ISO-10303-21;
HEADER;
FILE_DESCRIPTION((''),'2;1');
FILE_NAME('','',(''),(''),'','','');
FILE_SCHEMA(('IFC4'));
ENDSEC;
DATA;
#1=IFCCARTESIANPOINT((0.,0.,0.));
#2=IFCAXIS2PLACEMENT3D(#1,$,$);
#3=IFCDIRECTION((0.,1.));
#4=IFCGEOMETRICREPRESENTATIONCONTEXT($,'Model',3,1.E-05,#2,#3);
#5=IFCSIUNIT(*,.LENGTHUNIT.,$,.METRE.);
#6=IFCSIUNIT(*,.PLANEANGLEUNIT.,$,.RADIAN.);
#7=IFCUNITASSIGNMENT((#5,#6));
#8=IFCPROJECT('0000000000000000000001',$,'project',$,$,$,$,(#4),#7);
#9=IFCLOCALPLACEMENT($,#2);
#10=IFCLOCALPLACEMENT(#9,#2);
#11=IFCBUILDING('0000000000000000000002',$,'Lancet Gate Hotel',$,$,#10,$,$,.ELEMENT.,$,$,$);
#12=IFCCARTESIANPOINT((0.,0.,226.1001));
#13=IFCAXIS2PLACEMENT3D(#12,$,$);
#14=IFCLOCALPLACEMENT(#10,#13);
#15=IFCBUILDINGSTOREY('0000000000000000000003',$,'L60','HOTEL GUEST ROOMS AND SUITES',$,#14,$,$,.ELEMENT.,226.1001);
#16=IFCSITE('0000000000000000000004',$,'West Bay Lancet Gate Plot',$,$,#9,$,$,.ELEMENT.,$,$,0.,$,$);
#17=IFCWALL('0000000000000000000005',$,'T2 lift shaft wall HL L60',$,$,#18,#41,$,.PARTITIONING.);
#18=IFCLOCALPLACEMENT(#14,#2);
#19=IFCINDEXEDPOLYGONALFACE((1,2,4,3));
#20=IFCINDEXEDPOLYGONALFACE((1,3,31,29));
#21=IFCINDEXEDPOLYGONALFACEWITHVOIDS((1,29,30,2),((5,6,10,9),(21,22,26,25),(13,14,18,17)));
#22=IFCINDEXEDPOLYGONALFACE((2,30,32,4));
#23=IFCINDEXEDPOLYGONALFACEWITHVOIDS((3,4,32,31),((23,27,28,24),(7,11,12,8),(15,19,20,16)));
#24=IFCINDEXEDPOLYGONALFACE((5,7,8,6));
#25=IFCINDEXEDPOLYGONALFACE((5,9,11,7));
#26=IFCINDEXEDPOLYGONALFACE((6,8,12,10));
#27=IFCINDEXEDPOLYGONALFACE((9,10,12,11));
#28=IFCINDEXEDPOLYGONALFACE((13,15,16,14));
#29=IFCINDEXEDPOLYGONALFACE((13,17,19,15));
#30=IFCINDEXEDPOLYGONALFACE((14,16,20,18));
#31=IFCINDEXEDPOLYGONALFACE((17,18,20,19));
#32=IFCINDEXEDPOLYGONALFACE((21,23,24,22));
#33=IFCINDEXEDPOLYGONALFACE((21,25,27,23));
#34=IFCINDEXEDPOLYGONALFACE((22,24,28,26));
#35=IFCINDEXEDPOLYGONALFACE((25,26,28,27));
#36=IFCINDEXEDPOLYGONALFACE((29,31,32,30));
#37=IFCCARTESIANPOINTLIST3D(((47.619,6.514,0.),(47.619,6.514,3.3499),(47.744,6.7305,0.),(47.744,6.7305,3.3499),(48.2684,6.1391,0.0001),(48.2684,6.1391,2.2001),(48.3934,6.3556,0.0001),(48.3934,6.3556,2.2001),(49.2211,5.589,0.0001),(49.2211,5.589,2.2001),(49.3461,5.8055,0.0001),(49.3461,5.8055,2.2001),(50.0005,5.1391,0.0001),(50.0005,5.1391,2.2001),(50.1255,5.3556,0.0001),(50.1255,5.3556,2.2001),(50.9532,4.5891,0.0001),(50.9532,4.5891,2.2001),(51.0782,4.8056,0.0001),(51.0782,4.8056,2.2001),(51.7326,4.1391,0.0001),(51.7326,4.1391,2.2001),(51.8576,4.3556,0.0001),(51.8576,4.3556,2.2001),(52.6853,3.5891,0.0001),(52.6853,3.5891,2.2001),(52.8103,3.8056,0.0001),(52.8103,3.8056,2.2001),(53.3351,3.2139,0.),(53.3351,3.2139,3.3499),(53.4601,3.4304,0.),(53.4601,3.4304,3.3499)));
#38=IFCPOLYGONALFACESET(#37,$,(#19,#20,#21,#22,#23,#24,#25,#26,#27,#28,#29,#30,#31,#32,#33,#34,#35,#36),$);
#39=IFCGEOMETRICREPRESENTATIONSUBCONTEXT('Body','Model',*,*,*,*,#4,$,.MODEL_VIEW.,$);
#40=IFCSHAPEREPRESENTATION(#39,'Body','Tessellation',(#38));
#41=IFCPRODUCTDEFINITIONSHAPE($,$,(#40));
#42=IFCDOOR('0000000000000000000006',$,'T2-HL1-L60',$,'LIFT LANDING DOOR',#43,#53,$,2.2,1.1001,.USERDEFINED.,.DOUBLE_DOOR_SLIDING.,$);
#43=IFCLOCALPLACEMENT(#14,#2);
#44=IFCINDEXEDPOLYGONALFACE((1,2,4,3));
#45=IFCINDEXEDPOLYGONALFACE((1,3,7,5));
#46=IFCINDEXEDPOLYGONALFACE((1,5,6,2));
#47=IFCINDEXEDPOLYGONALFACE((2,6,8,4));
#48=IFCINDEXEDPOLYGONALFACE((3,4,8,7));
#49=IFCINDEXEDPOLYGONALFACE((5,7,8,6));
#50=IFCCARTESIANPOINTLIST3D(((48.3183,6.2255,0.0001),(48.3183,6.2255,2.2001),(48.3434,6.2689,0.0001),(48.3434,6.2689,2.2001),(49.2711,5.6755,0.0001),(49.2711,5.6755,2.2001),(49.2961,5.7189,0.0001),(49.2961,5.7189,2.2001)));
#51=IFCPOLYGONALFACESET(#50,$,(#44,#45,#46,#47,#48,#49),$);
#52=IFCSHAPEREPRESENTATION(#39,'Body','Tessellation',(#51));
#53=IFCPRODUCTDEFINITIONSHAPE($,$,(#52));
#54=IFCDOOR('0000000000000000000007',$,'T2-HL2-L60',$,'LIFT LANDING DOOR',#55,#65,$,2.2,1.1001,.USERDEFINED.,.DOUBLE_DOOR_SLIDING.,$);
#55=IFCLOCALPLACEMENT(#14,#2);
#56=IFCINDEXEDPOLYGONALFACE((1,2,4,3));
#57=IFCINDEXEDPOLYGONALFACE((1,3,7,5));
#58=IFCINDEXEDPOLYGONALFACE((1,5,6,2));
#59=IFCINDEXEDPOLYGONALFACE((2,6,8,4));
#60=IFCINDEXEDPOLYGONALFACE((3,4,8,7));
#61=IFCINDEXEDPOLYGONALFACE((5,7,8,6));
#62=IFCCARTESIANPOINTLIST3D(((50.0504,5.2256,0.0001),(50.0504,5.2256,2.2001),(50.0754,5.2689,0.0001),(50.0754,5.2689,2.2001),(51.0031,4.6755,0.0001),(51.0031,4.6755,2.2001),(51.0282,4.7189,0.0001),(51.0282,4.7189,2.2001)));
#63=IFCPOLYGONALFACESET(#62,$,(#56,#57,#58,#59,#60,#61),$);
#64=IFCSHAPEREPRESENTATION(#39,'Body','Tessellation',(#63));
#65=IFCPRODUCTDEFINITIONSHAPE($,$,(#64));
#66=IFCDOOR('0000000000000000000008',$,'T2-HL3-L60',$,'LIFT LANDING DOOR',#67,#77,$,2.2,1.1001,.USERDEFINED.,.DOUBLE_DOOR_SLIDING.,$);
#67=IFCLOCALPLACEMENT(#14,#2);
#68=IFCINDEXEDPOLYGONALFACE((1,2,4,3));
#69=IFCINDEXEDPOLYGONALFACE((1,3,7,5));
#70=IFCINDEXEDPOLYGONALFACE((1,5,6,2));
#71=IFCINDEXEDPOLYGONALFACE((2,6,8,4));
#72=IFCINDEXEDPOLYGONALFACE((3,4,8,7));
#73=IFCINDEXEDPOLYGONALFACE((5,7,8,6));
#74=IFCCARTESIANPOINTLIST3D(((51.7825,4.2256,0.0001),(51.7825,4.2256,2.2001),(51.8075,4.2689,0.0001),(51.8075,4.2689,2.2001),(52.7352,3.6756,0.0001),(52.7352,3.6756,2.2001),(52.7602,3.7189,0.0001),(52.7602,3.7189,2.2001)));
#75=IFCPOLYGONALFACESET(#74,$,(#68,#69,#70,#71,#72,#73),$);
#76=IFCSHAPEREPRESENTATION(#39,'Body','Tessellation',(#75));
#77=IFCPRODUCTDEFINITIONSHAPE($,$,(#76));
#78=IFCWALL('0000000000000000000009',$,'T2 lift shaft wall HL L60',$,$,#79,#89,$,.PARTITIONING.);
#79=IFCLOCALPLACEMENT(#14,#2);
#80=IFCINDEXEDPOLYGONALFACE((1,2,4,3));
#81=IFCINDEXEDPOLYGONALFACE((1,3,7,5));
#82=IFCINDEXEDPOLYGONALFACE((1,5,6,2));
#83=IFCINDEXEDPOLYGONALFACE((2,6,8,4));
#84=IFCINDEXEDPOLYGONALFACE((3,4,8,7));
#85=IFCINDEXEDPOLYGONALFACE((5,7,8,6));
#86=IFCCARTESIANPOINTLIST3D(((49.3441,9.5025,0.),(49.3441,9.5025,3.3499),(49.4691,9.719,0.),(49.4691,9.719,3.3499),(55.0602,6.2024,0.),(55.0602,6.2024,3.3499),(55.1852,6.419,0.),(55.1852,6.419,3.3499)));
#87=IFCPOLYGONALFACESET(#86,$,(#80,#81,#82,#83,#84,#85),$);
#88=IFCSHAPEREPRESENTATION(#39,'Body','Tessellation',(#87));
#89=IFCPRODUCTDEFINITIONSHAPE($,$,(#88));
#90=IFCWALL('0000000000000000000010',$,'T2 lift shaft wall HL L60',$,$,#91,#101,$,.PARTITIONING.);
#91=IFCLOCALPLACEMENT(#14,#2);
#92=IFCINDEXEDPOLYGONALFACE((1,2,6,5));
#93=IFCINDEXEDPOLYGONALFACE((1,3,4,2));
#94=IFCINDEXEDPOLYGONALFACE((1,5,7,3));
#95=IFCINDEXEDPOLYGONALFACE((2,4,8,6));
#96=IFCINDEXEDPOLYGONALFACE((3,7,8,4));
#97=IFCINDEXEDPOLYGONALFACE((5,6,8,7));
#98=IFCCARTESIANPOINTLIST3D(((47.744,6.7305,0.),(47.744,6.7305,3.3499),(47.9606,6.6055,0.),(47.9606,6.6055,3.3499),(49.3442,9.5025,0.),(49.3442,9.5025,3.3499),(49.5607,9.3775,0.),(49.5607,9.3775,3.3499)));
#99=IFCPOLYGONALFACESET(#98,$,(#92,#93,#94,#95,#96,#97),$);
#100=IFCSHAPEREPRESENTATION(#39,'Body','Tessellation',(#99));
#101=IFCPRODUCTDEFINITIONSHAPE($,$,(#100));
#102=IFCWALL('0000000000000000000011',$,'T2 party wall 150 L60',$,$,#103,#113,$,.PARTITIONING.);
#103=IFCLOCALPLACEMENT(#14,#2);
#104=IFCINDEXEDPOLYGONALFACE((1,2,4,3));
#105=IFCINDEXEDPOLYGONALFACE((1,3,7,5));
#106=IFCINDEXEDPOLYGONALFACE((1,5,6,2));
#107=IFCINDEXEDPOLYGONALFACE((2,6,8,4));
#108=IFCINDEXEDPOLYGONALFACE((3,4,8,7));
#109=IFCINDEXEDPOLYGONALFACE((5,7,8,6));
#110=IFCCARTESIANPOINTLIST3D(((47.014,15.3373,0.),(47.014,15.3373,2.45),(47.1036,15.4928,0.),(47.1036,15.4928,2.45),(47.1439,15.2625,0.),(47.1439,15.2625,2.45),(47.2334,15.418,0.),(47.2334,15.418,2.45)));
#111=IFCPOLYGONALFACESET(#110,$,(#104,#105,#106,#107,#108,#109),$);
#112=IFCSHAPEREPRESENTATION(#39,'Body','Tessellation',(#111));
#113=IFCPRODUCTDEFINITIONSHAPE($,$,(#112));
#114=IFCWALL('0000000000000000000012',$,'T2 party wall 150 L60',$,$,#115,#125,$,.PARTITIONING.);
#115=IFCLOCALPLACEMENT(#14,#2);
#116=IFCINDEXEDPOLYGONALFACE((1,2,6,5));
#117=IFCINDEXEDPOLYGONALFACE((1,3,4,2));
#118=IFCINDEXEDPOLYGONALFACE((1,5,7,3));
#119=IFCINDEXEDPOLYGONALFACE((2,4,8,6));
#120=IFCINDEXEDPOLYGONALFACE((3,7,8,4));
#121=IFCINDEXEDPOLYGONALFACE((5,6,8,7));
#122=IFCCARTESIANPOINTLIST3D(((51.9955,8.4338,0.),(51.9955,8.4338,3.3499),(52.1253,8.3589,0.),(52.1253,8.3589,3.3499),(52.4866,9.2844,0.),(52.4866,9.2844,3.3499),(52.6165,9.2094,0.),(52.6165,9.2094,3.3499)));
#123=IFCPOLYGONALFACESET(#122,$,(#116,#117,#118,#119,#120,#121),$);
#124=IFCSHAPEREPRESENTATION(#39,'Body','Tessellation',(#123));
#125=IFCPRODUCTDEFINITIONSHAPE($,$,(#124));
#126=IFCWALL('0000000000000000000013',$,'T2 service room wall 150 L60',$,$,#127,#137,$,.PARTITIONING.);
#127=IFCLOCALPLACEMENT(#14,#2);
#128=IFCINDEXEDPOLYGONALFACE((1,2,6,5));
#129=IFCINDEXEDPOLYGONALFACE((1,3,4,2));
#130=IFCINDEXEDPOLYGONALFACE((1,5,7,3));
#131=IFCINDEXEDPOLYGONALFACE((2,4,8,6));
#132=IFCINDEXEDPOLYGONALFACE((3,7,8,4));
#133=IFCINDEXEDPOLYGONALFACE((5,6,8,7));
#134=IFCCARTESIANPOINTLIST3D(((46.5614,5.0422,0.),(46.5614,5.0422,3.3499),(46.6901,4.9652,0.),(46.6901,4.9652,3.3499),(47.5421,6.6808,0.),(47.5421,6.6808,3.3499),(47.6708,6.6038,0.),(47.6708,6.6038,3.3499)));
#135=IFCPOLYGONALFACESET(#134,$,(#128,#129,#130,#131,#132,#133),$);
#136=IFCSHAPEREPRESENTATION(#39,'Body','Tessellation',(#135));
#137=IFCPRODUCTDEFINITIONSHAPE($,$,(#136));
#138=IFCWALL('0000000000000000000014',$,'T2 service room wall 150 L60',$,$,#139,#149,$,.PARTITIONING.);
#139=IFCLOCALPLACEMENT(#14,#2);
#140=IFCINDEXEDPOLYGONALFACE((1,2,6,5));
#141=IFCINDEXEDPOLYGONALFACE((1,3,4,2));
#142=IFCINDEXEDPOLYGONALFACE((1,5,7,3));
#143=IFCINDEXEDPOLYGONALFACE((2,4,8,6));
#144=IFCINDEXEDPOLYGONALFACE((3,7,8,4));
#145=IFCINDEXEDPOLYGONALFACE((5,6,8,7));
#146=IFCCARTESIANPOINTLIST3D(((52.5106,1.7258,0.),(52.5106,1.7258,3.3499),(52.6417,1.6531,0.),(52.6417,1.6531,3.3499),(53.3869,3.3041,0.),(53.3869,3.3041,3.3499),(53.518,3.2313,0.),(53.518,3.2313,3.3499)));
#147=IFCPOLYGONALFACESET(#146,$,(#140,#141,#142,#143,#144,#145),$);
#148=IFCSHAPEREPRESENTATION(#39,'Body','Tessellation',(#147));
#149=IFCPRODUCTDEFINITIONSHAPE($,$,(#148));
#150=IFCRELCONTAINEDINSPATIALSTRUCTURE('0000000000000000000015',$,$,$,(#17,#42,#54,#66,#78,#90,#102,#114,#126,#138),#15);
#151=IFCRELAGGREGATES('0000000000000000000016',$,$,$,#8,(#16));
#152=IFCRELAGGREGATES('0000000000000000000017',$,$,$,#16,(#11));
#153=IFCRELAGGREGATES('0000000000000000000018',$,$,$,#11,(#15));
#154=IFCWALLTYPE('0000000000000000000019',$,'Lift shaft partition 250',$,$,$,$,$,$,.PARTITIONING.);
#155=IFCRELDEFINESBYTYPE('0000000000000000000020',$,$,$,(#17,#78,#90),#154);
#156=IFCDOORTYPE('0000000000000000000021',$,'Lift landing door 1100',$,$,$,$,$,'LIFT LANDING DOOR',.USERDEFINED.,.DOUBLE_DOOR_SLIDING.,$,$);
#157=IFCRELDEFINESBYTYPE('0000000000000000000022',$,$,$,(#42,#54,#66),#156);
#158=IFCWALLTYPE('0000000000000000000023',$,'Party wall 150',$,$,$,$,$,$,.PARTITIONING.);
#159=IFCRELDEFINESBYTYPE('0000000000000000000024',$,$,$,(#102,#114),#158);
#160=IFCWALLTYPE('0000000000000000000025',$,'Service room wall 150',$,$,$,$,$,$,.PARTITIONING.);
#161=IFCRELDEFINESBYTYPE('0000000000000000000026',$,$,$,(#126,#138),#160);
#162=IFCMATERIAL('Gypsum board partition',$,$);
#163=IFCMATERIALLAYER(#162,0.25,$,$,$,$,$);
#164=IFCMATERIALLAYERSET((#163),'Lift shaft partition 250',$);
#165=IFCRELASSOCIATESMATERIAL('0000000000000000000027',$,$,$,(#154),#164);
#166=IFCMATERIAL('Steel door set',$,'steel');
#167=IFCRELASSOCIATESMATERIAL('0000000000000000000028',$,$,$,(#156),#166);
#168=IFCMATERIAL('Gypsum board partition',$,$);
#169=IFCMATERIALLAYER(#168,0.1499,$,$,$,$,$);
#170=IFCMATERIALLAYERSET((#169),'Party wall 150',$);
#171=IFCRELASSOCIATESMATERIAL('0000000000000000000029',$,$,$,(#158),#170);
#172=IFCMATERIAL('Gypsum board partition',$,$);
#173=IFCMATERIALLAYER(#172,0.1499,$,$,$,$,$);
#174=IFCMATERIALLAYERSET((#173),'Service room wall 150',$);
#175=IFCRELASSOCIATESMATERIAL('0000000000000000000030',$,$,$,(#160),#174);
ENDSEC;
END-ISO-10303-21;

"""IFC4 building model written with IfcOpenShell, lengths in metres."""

from ifc_helpers import new_model, si_unit, direction, frame, frame_2d, origin, place, context, subcontext, project, spatial, rectangle, extrude, material, layer, layer_set, type_object, element, fill, save


model = new_model("IFC4")

# Units and contexts
model_context = context("Model", 3, precision=1e-05, world=origin(), true_north=direction((0.0, 1.0)))
body_context = subcontext(model_context, "Body", "Model", "MODEL_VIEW")
ifc_project = project(units=[si_unit("LENGTHUNIT", "METRE"), si_unit("PLANEANGLEUNIT", "RADIAN")], contexts=[model_context])

# Site, building, storey
site_placement = place(None, origin())
site = spatial("IfcSite", under=ifc_project, at=site_placement, Name="West Bay Lancet Gate Plot", CompositionType="ELEMENT", RefElevation=0.0)
building_placement = place(site_placement, origin())
building = spatial("IfcBuilding", under=site, at=building_placement, Name="Lancet Gate Hotel", CompositionType="ELEMENT")
storey_placement = place(building_placement, frame((0.0, 0.0, 226.1001)))
storey = spatial("IfcBuildingStorey", under=building, at=storey_placement, Name="L60", Description="HOTEL GUEST ROOMS AND SUITES", CompositionType="ELEMENT", Elevation=226.1001)

# Wall, openings, doors
ifc_material_1 = material(Name="Gypsum board partition")
ifc_layer_1 = layer(ifc_material_1, 0.25)
ifc_layer_set_1 = layer_set([ifc_layer_1], Name="Lift shaft partition 250")
wall_type_1 = type_object("IfcWallType", Name="Lift shaft partition 250", PredefinedType="PARTITIONING", material=ifc_layer_set_1)
wall_1_placement = place(storey_placement, frame((47.6814, 6.6223, 0.0), z_axis=(0.0, 0.0, 1.0), x_axis=(0.866033, -0.499986, 0.0)))
wall_1 = element("IfcWall", 1, at=wall_1_placement, inside=storey, type_object=wall_type_1, Name="T2 lift shaft wall HL L60", PredefinedType="PARTITIONING", context=body_context, shape_type="SweptSolid", body=[
    extrude(rectangle(XDim=6.6003, YDim=0.25, at=frame_2d((3.3003, 0.0))), origin(), (0.0, 0.0, 1.0), 3.3499),
])
opening_1_placement = place(wall_1_placement, frame((0.75, 0.0, 0.0)))
opening_1 = element("IfcOpeningElement", 2, at=opening_1_placement, cuts=wall_1, PredefinedType="OPENING", context=body_context, shape_type="SweptSolid", body=[
    extrude(rectangle(XDim=1.1001, YDim=2.2, at=frame_2d((0.55, 1.1001))), frame((0.0, 0.135, 0.0), z_axis=(0.0, -1.0, 0.0), x_axis=(1.0, 0.0, 0.0)), (0.0, 0.0, 1.0), 0.27),
])
opening_2_placement = place(wall_1_placement, frame((2.75, 0.0, 0.0)))
opening_2 = element("IfcOpeningElement", 3, at=opening_2_placement, cuts=wall_1, PredefinedType="OPENING", context=body_context, shape_type="SweptSolid", body=[
    extrude(rectangle(XDim=1.1001, YDim=2.2, at=frame_2d((0.55, 1.1001))), frame((0.0, 0.135, 0.0), z_axis=(0.0, -1.0, 0.0), x_axis=(1.0, 0.0, 0.0)), (0.0, 0.0, 1.0), 0.27),
])
opening_3_placement = place(wall_1_placement, frame((4.75, 0.0, 0.0)))
opening_3 = element("IfcOpeningElement", 4, at=opening_3_placement, cuts=wall_1, PredefinedType="OPENING", context=body_context, shape_type="SweptSolid", body=[
    extrude(rectangle(XDim=1.1001, YDim=2.2, at=frame_2d((0.55, 1.1001))), frame((0.0, 0.135, 0.0), z_axis=(0.0, -1.0, 0.0), x_axis=(1.0, 0.0, 0.0)), (0.0, 0.0, 1.0), 0.27),
])
ifc_material_2 = material(Name="Steel door set", Category="steel")
door_type_1 = type_object("IfcDoorType", Name="Lift landing door 1100", ElementType="LIFT LANDING DOOR", OperationType="DOUBLE_DOOR_SLIDING", PredefinedType="USERDEFINED", material=ifc_material_2)
door_1_placement = place(opening_1_placement, origin())
door_1 = element("IfcDoor", 5, at=door_1_placement, inside=storey, type_object=door_type_1, Name="T2-HL1-L60", ObjectType="LIFT LANDING DOOR", OperationType="DOUBLE_DOOR_SLIDING", OverallHeight=2.2, OverallWidth=1.1001, PredefinedType="USERDEFINED", context=body_context, shape_type="SweptSolid", body=[
    extrude(rectangle(XDim=1.1001, YDim=2.2, at=frame_2d((0.55, 1.1001))), frame((0.0, 0.0249, 0.0), z_axis=(0.0, -1.0, 0.0), x_axis=(1.0, 0.0, 0.0)), (0.0, 0.0, 1.0), 0.05),
])
fill(opening_1, door_1)
door_2_placement = place(opening_2_placement, origin())
door_2 = element("IfcDoor", 6, at=door_2_placement, inside=storey, type_object=door_type_1, Name="T2-HL2-L60", ObjectType="LIFT LANDING DOOR", OperationType="DOUBLE_DOOR_SLIDING", OverallHeight=2.2, OverallWidth=1.1001, PredefinedType="USERDEFINED", context=body_context, shape_type="SweptSolid", body=[
    extrude(rectangle(XDim=1.1001, YDim=2.2, at=frame_2d((0.55, 1.1001))), frame((0.0, 0.0249, 0.0), z_axis=(0.0, -1.0, 0.0), x_axis=(1.0, 0.0, 0.0)), (0.0, 0.0, 1.0), 0.05),
])
fill(opening_2, door_2)
door_3_placement = place(opening_3_placement, origin())
door_3 = element("IfcDoor", 7, at=door_3_placement, inside=storey, type_object=door_type_1, Name="T2-HL3-L60", ObjectType="LIFT LANDING DOOR", OperationType="DOUBLE_DOOR_SLIDING", OverallHeight=2.2, OverallWidth=1.1001, PredefinedType="USERDEFINED", context=body_context, shape_type="SweptSolid", body=[
    extrude(rectangle(XDim=1.1001, YDim=2.2, at=frame_2d((0.55, 1.1001))), frame((0.0, 0.0249, 0.0), z_axis=(0.0, -1.0, 0.0), x_axis=(1.0, 0.0, 0.0)), (0.0, 0.0, 1.0), 0.05),
])
fill(opening_3, door_3)

# Walls
wall_2_placement = place(storey_placement, frame((49.4065, 9.6108, 0.0), z_axis=(0.0, 0.0, 1.0), x_axis=(0.866033, -0.499986, 0.0)))
element("IfcWall", 8, at=wall_2_placement, inside=storey, type_object=wall_type_1, Name="T2 lift shaft wall HL L60", PredefinedType="PARTITIONING", context=body_context, shape_type="SweptSolid", body=[
    extrude(rectangle(XDim=6.6003, YDim=0.25, at=frame_2d((3.3003, 0.0))), origin(), (0.0, 0.0, 1.0), 3.3499),
])
wall_3_placement = place(storey_placement, frame((47.8523, 6.668, 0.0), z_axis=(0.0, 0.0, 1.0), x_axis=(0.499929, 0.866066, 0.0)))
element("IfcWall", 9, at=wall_3_placement, inside=storey, type_object=wall_type_1, Name="T2 lift shaft wall HL L60", PredefinedType="PARTITIONING", context=body_context, shape_type="SweptSolid", body=[
    extrude(rectangle(XDim=3.2007, YDim=0.25, at=frame_2d((1.6003, 0.0))), origin(), (0.0, 0.0, 1.0), 3.3499),
])
ifc_material_3 = material(Name="Gypsum board partition")
ifc_layer_2 = layer(ifc_material_3, 0.1499)
ifc_layer_set_2 = layer_set([ifc_layer_2], Name="Party wall 150")
wall_type_2 = type_object("IfcWallType", Name="Party wall 150", PredefinedType="PARTITIONING", material=ifc_layer_set_2)
wall_4_placement = place(storey_placement, frame((47.0789, 15.2998, 0.0), z_axis=(0.0, 0.0, 1.0), x_axis=(0.499212, 0.86648, 0.0)))
element("IfcWall", 10, at=wall_4_placement, inside=storey, type_object=wall_type_2, Name="T2 party wall 150 L60", PredefinedType="PARTITIONING", context=body_context, shape_type="SweptSolid", body=[
    extrude(rectangle(XDim=0.1794, YDim=0.1499, at=frame_2d((0.0898, 0.0))), origin(), (0.0, 0.0, 1.0), 2.45),
])
wall_5_placement = place(storey_placement, frame((52.0603, 8.3962, 0.0), z_axis=(0.0, 0.0, 1.0), x_axis=(0.500095, 0.86597, 0.0)))
element("IfcWall", 11, at=wall_5_placement, inside=storey, type_object=wall_type_2, Name="T2 party wall 150 L60", PredefinedType="PARTITIONING", context=body_context, shape_type="SweptSolid", body=[
    extrude(rectangle(XDim=0.9822, YDim=0.1499, at=frame_2d((0.4912, 0.0))), origin(), (0.0, 0.0, 1.0), 3.3499),
])
ifc_material_4 = material(Name="Gypsum board partition")
ifc_layer_3 = layer(ifc_material_4, 0.1499)
ifc_layer_set_3 = layer_set([ifc_layer_3], Name="Service room wall 150")
wall_type_3 = type_object("IfcWallType", Name="Service room wall 150", PredefinedType="PARTITIONING", material=ifc_layer_set_3)
wall_6_placement = place(storey_placement, frame((47.6064, 6.6423, 0.0), z_axis=(0.0, 0.0, 1.0), x_axis=(-0.513537, -0.858068, 0.0)))
element("IfcWall", 12, at=wall_6_placement, inside=storey, type_object=wall_type_3, Name="T2 service room wall 150 L60", PredefinedType="PARTITIONING", context=body_context, shape_type="SweptSolid", body=[
    extrude(rectangle(XDim=1.9097, YDim=0.1499, at=frame_2d((0.9548, 0.0))), origin(), (0.0, 0.0, 1.0), 3.3499),
])
wall_7_placement = place(storey_placement, frame((52.5762, 1.6895, 0.0), z_axis=(0.0, 0.0, 1.0), x_axis=(0.485425, 0.874278, 0.0)))
element("IfcWall", 13, at=wall_7_placement, inside=storey, type_object=wall_type_3, Name="T2 service room wall 150 L60", PredefinedType="PARTITIONING", context=body_context, shape_type="SweptSolid", body=[
    extrude(rectangle(XDim=1.8052, YDim=0.1499, at=frame_2d((0.9026, 0.0))), origin(), (0.0, 0.0, 1.0), 3.3499),
])

save(model, "model.ifc")
